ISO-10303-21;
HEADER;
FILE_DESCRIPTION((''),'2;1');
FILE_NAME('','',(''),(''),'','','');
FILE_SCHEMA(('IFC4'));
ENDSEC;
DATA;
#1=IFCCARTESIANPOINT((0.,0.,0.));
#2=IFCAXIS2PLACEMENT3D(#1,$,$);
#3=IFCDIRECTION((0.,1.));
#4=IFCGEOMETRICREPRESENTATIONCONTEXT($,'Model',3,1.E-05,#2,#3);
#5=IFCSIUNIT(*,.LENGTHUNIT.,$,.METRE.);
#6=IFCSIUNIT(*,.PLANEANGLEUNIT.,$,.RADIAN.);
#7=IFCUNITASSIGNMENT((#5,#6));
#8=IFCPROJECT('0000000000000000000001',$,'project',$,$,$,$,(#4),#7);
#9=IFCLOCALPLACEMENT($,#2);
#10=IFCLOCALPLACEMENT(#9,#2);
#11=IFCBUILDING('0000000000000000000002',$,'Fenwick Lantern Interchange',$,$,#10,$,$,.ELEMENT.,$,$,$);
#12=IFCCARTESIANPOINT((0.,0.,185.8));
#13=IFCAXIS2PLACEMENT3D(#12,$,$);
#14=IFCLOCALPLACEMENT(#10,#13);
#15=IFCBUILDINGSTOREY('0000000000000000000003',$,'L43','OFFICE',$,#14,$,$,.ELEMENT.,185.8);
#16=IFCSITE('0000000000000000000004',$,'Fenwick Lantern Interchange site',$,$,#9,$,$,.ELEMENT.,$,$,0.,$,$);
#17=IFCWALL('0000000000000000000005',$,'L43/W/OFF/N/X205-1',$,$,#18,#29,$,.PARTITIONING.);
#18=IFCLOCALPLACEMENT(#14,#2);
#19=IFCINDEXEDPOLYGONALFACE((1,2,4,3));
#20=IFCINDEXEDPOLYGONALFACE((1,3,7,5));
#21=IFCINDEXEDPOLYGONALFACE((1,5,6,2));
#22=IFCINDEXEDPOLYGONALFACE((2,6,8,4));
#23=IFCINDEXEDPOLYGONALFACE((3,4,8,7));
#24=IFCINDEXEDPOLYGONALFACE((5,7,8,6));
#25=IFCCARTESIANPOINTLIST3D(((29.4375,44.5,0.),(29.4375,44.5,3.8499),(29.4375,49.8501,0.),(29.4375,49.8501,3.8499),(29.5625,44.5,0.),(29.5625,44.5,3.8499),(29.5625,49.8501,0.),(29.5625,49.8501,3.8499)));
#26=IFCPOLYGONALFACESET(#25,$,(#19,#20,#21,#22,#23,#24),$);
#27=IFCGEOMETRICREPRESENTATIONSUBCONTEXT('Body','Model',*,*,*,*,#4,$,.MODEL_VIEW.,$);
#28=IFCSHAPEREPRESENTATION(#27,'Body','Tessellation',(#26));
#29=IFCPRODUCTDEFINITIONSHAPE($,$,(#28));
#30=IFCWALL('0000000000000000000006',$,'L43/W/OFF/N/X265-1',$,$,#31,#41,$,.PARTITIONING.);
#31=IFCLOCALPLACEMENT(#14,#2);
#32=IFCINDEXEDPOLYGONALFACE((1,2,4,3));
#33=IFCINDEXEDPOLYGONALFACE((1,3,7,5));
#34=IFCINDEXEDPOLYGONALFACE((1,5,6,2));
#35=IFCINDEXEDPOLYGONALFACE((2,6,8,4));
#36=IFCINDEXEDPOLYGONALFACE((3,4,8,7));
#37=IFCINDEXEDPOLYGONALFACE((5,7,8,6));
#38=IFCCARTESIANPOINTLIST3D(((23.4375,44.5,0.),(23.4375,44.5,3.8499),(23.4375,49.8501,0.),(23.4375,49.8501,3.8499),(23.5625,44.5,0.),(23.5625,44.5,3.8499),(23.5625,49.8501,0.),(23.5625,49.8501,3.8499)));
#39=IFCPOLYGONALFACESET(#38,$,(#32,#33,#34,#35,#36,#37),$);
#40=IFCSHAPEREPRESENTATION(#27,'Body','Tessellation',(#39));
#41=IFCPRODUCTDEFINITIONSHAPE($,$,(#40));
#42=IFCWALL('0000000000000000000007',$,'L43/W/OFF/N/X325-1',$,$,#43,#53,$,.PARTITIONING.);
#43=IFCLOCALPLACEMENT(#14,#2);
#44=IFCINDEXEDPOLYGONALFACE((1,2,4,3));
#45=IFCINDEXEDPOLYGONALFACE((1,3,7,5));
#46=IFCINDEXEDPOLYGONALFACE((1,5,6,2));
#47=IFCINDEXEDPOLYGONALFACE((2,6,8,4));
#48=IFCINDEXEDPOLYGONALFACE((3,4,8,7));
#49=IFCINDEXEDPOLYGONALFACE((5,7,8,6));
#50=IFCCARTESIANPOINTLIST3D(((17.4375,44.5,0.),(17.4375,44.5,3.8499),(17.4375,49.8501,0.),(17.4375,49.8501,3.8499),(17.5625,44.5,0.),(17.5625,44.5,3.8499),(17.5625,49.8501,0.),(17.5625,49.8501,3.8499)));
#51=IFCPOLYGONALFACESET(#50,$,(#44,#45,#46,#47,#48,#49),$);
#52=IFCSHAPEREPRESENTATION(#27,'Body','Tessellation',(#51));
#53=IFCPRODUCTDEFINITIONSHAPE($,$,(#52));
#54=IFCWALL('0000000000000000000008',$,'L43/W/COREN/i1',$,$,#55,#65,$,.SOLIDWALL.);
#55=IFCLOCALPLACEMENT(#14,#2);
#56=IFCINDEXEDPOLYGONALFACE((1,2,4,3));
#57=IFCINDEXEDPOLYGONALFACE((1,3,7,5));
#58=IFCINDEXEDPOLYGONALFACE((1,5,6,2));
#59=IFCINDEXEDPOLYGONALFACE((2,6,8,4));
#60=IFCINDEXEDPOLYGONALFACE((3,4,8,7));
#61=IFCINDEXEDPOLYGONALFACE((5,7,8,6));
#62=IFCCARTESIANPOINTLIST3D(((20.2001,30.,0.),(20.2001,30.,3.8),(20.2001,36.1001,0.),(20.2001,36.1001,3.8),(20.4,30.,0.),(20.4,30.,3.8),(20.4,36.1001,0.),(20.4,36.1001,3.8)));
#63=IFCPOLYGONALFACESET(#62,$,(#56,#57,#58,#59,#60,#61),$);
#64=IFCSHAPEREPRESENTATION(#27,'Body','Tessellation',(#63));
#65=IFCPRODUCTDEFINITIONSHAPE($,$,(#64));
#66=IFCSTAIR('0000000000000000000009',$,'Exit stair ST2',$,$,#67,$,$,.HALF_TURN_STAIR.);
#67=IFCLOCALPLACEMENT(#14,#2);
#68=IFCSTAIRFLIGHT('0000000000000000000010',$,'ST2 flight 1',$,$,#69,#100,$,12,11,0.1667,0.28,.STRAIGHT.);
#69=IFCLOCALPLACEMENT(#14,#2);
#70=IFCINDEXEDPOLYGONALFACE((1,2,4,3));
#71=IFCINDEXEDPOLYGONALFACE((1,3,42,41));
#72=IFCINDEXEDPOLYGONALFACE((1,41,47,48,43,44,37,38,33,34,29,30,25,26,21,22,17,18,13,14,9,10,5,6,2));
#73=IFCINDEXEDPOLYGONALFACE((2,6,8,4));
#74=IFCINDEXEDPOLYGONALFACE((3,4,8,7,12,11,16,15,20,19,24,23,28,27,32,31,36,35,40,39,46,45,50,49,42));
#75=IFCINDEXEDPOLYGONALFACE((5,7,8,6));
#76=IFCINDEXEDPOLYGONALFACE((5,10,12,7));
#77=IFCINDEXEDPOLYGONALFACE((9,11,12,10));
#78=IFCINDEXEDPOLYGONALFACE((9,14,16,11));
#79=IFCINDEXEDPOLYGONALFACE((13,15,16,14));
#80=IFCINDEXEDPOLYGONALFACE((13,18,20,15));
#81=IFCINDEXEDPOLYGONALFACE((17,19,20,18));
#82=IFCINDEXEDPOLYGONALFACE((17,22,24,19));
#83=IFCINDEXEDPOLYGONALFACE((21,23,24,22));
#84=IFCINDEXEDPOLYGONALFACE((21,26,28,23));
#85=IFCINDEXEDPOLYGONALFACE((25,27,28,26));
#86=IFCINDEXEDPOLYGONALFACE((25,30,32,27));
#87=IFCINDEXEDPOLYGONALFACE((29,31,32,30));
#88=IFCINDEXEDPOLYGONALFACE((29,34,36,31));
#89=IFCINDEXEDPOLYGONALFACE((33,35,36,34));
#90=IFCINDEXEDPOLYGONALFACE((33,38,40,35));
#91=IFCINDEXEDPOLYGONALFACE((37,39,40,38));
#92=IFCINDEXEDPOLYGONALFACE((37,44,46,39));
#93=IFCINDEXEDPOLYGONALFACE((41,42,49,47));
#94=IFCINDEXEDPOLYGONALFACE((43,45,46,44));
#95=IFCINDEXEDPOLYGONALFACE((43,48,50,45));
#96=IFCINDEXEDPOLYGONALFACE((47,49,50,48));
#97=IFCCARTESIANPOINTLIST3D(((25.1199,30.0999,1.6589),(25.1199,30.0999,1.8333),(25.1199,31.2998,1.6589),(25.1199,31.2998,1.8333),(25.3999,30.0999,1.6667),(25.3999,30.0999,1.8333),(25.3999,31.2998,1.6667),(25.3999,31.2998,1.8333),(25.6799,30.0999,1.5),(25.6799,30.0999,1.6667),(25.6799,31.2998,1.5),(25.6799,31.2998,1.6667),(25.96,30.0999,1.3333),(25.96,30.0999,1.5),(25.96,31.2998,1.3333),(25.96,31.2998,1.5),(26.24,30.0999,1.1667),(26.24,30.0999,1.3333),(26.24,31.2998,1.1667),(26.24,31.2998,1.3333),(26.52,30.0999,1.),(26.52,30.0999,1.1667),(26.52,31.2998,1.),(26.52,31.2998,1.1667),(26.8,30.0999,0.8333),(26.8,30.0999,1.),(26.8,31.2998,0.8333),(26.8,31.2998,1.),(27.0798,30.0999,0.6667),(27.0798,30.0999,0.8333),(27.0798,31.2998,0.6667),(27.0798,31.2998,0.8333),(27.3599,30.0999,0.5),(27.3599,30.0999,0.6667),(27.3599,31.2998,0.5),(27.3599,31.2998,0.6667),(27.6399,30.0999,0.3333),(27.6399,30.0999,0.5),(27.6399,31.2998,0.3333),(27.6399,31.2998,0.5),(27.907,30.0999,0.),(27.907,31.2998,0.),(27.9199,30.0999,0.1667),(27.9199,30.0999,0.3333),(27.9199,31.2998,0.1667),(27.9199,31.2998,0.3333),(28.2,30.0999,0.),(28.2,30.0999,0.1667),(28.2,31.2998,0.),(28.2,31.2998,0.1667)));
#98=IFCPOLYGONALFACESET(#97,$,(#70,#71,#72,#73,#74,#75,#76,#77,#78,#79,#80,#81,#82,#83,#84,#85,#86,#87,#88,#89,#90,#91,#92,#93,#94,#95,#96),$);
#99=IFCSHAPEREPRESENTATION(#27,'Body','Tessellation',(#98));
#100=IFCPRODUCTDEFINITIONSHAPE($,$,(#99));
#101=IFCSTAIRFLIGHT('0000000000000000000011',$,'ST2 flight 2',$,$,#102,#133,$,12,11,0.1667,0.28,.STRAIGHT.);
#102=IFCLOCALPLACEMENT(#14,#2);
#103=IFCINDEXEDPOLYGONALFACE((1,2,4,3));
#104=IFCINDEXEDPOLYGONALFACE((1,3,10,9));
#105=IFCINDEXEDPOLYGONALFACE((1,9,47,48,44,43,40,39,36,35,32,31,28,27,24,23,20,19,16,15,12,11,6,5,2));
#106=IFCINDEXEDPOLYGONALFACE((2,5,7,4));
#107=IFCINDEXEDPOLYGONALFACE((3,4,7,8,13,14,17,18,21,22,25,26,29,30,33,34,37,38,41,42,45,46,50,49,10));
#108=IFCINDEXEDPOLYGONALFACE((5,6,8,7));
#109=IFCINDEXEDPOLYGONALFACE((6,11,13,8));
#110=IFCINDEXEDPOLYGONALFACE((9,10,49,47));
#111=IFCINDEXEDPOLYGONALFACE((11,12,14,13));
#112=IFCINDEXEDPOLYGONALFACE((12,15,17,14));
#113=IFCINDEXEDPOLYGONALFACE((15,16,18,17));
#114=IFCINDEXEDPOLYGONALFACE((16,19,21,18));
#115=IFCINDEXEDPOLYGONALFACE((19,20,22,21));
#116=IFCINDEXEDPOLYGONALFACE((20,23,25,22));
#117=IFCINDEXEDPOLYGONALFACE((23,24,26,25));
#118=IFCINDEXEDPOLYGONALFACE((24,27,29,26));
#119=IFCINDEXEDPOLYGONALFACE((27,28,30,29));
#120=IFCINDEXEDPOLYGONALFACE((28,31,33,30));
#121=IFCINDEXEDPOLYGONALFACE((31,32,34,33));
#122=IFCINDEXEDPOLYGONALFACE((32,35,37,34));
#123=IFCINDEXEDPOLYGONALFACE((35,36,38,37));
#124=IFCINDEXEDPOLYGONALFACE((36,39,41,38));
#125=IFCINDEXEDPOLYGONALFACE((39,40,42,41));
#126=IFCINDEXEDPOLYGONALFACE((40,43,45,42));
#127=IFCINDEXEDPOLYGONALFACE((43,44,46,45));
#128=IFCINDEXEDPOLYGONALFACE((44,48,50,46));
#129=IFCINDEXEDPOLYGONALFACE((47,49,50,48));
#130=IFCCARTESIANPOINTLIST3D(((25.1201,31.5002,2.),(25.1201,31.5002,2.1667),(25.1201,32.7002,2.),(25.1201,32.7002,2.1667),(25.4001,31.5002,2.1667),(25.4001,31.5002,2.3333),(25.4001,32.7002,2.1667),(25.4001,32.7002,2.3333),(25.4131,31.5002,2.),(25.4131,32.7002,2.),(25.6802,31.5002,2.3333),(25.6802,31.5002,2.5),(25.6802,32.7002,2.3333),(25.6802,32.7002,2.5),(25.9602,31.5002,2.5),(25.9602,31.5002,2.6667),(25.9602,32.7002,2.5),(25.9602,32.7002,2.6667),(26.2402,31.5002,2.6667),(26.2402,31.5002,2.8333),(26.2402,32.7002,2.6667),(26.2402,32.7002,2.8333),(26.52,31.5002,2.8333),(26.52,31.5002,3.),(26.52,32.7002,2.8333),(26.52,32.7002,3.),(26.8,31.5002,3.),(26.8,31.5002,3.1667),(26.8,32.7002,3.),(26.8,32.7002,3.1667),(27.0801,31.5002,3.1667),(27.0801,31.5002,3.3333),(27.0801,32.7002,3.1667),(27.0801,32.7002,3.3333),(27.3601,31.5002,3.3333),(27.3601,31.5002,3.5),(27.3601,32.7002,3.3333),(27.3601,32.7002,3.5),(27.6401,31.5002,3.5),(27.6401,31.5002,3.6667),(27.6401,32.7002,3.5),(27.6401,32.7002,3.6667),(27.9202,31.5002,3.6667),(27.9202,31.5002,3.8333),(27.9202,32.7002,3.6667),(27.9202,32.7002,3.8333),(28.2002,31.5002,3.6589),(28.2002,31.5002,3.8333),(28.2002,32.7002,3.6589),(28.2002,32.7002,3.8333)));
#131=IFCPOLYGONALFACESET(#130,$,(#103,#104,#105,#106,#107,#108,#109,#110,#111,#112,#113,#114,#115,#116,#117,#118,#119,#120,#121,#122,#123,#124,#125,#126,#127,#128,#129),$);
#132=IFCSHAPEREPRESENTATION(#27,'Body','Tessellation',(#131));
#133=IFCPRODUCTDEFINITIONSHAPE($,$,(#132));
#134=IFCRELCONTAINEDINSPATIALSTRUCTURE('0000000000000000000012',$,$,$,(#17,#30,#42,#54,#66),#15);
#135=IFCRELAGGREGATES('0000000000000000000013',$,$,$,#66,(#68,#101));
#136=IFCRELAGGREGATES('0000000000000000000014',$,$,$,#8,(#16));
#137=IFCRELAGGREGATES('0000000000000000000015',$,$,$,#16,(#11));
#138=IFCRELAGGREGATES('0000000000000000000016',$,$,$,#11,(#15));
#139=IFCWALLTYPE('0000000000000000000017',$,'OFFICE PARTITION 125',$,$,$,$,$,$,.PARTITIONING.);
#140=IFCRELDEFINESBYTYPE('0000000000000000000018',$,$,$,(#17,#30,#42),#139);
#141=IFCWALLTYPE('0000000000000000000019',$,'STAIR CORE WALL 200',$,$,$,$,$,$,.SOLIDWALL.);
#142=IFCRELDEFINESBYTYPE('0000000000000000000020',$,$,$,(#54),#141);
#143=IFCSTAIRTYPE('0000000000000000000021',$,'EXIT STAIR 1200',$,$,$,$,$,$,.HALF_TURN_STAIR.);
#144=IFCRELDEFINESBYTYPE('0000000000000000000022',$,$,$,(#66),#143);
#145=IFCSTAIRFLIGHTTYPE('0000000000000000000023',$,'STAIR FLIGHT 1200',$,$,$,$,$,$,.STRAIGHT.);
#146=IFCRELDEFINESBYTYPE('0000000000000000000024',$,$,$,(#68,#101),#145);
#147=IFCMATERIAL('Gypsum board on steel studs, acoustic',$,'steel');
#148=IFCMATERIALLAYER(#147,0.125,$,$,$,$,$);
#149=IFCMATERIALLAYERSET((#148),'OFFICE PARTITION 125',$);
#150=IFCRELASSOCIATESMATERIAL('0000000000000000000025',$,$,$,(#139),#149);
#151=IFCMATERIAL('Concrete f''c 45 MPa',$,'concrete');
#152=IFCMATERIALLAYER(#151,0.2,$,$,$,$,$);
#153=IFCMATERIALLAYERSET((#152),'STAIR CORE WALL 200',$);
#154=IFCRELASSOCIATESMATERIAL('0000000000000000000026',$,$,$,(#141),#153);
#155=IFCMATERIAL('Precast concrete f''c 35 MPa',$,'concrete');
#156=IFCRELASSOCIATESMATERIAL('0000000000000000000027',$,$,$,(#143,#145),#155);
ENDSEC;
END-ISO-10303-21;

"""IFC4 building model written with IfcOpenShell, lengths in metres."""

from ifc_helpers import new_model, si_unit, direction, frame, frame_2d, origin, place, context, subcontext, project, spatial, polyline, rectangle, outline, extrude, material, layer, layer_set, type_object, element, aggregate, save


model = new_model("IFC4")

# Units and contexts
model_context = context("Model", 3, precision=1e-05, world=origin(), true_north=direction((0.0, 1.0)))
body_context = subcontext(model_context, "Body", "Model", "MODEL_VIEW")
ifc_project = project(units=[si_unit("LENGTHUNIT", "METRE"), si_unit("PLANEANGLEUNIT", "RADIAN")], contexts=[model_context])

# Site, building, storey
site_placement = place(None, origin())
site = spatial("IfcSite", under=ifc_project, at=site_placement, Name="Fenwick Lantern Interchange site", CompositionType="ELEMENT", RefElevation=0.0)
building_placement = place(site_placement, origin())
building = spatial("IfcBuilding", under=site, at=building_placement, Name="Fenwick Lantern Interchange", CompositionType="ELEMENT")
storey_placement = place(building_placement, frame((0.0, 0.0, 185.8)))
storey = spatial("IfcBuildingStorey", under=building, at=storey_placement, Name="L43", Description="OFFICE", CompositionType="ELEMENT", Elevation=185.8)

# Walls
ifc_material_1 = material(Name="Gypsum board on steel studs, acoustic", Category="steel")
ifc_layer_1 = layer(ifc_material_1, 0.125)
ifc_layer_set_1 = layer_set([ifc_layer_1], Name="OFFICE PARTITION 125")
wall_type_1 = type_object("IfcWallType", Name="OFFICE PARTITION 125", PredefinedType="PARTITIONING", material=ifc_layer_set_1)
for number, where, z_axis, x_axis, name in (
    (1, (29.5, 49.8501, 0.0), (0.0, 0.0, 1.0), (0.0, -1.0, 0.0), "L43/W/OFF/N/X205-1"),
    (2, (23.5, 49.8501, 0.0), (0.0, 0.0, 1.0), (0.0, -1.0, 0.0), "L43/W/OFF/N/X265-1"),
    (3, (17.5, 49.8501, 0.0), (0.0, 0.0, 1.0), (0.0, -1.0, 0.0), "L43/W/OFF/N/X325-1"),
):
    element("IfcWall", number, at=place(storey_placement, frame(where, z_axis=z_axis, x_axis=x_axis)), inside=storey, type_object=wall_type_1, Name=name, PredefinedType="PARTITIONING", context=body_context, shape_type="SweptSolid", body=[
        extrude(rectangle(XDim=5.3501, YDim=0.125, at=frame_2d((2.675, 0.0))), origin(), (0.0, 0.0, 1.0), 3.8499),
    ])
ifc_material_2 = material(Name="Concrete f'c 45 MPa", Category="concrete")
ifc_layer_2 = layer(ifc_material_2, 0.2)
ifc_layer_set_2 = layer_set([ifc_layer_2], Name="STAIR CORE WALL 200")
wall_type_2 = type_object("IfcWallType", Name="STAIR CORE WALL 200", PredefinedType="SOLIDWALL", material=ifc_layer_set_2)
wall_1_placement = place(storey_placement, frame((20.3, 36.1001, 0.0), z_axis=(0.0, 0.0, 1.0), x_axis=(0.0, -1.0, 0.0)))
element("IfcWall", 4, at=wall_1_placement, inside=storey, type_object=wall_type_2, Name="L43/W/COREN/i1", PredefinedType="SOLIDWALL", context=body_context, shape_type="SweptSolid", body=[
    extrude(rectangle(XDim=6.1001, YDim=0.2, at=frame_2d((3.05, 0.0))), origin(), (0.0, 0.0, 1.0), 3.8),
])

# Stair, stair flights
ifc_material_3 = material(Name="Precast concrete f'c 35 MPa", Category="concrete")
stair_type = type_object("IfcStairType", Name="EXIT STAIR 1200", PredefinedType="HALF_TURN_STAIR", material=ifc_material_3)
stair_placement = place(storey_placement, origin())
stair = element("IfcStair", 5, at=stair_placement, inside=storey, type_object=stair_type, Name="Exit stair ST2", PredefinedType="HALF_TURN_STAIR")
stair_flight_type = type_object("IfcStairFlightType", Name="STAIR FLIGHT 1200", PredefinedType="STRAIGHT", material=ifc_material_3)
stair_flight_1_placement = place(storey_placement, frame((28.2, 30.7, 0.0), z_axis=(0.0, 0.0, 1.0), x_axis=(-1.0, 0.0, 0.0)))
stair_flight_1 = element("IfcStairFlight", 6, at=stair_flight_1_placement, type_object=stair_flight_type, Name="ST2 flight 1", NumberOfRisers=12, NumberOfTreads=11, PredefinedType="STRAIGHT", RiserHeight=0.1667, TreadLength=0.28, context=body_context, shape_type="SweptSolid", body=[
    extrude(outline(polyline([(0.0, 0.0), (0.0, 0.1667), (0.28, 0.1667), (0.28, 0.3333), (0.5601, 0.3333), (0.5601, 0.5), (0.8401, 0.5), (0.8401, 0.6667), (1.1201, 0.6667), (1.1201, 0.8333), (1.3999, 0.8333), (1.3999, 1.0), (1.6799, 1.0), (1.6799, 1.1667), (1.96, 1.1667), (1.96, 1.3333), (2.24, 1.3333), (2.24, 1.5), (2.52, 1.5), (2.52, 1.6667), (2.8, 1.6667), (2.8, 1.8333), (3.0801, 1.8333), (3.0801, 2.0), (3.0801, 1.6589), (0.293, 0.0), (0.0, 0.0)])), frame((0.0, 0.6001, 0.0), z_axis=(0.0, -1.0, 0.0), x_axis=(1.0, 0.0, 0.0)), (0.0, 0.0, 1.0), 1.2),
])
stair_flight_2_placement = place(storey_placement, frame((25.1201, 32.1001, 2.0), z_axis=(0.0, 0.0, 1.0), x_axis=(1.0, 0.0, 0.0)))
stair_flight_2 = element("IfcStairFlight", 7, at=stair_flight_2_placement, type_object=stair_flight_type, Name="ST2 flight 2", NumberOfRisers=12, NumberOfTreads=11, PredefinedType="STRAIGHT", RiserHeight=0.1667, TreadLength=0.28, context=body_context, shape_type="SweptSolid", body=[
    extrude(outline(polyline([(0.0, 0.0), (0.0, 0.1667), (0.28, 0.1667), (0.28, 0.3333), (0.5601, 0.3333), (0.5601, 0.5), (0.8401, 0.5), (0.8401, 0.6667), (1.1201, 0.6667), (1.1201, 0.8333), (1.3999, 0.8333), (1.3999, 1.0), (1.6799, 1.0), (1.6799, 1.1667), (1.96, 1.1667), (1.96, 1.3333), (2.24, 1.3333), (2.24, 1.5), (2.52, 1.5), (2.52, 1.6667), (2.8, 1.6667), (2.8, 1.8333), (3.0801, 1.8333), (3.0801, 2.0), (3.0801, 1.6589), (0.293, 0.0), (0.0, 0.0)])), frame((0.0, 0.6001, 0.0), z_axis=(0.0, -1.0, 0.0), x_axis=(1.0, 0.0, 0.0)), (0.0, 0.0, 1.0), 1.2),
])
aggregate(stair, [stair_flight_1, stair_flight_2])

save(model, "model.ifc")
